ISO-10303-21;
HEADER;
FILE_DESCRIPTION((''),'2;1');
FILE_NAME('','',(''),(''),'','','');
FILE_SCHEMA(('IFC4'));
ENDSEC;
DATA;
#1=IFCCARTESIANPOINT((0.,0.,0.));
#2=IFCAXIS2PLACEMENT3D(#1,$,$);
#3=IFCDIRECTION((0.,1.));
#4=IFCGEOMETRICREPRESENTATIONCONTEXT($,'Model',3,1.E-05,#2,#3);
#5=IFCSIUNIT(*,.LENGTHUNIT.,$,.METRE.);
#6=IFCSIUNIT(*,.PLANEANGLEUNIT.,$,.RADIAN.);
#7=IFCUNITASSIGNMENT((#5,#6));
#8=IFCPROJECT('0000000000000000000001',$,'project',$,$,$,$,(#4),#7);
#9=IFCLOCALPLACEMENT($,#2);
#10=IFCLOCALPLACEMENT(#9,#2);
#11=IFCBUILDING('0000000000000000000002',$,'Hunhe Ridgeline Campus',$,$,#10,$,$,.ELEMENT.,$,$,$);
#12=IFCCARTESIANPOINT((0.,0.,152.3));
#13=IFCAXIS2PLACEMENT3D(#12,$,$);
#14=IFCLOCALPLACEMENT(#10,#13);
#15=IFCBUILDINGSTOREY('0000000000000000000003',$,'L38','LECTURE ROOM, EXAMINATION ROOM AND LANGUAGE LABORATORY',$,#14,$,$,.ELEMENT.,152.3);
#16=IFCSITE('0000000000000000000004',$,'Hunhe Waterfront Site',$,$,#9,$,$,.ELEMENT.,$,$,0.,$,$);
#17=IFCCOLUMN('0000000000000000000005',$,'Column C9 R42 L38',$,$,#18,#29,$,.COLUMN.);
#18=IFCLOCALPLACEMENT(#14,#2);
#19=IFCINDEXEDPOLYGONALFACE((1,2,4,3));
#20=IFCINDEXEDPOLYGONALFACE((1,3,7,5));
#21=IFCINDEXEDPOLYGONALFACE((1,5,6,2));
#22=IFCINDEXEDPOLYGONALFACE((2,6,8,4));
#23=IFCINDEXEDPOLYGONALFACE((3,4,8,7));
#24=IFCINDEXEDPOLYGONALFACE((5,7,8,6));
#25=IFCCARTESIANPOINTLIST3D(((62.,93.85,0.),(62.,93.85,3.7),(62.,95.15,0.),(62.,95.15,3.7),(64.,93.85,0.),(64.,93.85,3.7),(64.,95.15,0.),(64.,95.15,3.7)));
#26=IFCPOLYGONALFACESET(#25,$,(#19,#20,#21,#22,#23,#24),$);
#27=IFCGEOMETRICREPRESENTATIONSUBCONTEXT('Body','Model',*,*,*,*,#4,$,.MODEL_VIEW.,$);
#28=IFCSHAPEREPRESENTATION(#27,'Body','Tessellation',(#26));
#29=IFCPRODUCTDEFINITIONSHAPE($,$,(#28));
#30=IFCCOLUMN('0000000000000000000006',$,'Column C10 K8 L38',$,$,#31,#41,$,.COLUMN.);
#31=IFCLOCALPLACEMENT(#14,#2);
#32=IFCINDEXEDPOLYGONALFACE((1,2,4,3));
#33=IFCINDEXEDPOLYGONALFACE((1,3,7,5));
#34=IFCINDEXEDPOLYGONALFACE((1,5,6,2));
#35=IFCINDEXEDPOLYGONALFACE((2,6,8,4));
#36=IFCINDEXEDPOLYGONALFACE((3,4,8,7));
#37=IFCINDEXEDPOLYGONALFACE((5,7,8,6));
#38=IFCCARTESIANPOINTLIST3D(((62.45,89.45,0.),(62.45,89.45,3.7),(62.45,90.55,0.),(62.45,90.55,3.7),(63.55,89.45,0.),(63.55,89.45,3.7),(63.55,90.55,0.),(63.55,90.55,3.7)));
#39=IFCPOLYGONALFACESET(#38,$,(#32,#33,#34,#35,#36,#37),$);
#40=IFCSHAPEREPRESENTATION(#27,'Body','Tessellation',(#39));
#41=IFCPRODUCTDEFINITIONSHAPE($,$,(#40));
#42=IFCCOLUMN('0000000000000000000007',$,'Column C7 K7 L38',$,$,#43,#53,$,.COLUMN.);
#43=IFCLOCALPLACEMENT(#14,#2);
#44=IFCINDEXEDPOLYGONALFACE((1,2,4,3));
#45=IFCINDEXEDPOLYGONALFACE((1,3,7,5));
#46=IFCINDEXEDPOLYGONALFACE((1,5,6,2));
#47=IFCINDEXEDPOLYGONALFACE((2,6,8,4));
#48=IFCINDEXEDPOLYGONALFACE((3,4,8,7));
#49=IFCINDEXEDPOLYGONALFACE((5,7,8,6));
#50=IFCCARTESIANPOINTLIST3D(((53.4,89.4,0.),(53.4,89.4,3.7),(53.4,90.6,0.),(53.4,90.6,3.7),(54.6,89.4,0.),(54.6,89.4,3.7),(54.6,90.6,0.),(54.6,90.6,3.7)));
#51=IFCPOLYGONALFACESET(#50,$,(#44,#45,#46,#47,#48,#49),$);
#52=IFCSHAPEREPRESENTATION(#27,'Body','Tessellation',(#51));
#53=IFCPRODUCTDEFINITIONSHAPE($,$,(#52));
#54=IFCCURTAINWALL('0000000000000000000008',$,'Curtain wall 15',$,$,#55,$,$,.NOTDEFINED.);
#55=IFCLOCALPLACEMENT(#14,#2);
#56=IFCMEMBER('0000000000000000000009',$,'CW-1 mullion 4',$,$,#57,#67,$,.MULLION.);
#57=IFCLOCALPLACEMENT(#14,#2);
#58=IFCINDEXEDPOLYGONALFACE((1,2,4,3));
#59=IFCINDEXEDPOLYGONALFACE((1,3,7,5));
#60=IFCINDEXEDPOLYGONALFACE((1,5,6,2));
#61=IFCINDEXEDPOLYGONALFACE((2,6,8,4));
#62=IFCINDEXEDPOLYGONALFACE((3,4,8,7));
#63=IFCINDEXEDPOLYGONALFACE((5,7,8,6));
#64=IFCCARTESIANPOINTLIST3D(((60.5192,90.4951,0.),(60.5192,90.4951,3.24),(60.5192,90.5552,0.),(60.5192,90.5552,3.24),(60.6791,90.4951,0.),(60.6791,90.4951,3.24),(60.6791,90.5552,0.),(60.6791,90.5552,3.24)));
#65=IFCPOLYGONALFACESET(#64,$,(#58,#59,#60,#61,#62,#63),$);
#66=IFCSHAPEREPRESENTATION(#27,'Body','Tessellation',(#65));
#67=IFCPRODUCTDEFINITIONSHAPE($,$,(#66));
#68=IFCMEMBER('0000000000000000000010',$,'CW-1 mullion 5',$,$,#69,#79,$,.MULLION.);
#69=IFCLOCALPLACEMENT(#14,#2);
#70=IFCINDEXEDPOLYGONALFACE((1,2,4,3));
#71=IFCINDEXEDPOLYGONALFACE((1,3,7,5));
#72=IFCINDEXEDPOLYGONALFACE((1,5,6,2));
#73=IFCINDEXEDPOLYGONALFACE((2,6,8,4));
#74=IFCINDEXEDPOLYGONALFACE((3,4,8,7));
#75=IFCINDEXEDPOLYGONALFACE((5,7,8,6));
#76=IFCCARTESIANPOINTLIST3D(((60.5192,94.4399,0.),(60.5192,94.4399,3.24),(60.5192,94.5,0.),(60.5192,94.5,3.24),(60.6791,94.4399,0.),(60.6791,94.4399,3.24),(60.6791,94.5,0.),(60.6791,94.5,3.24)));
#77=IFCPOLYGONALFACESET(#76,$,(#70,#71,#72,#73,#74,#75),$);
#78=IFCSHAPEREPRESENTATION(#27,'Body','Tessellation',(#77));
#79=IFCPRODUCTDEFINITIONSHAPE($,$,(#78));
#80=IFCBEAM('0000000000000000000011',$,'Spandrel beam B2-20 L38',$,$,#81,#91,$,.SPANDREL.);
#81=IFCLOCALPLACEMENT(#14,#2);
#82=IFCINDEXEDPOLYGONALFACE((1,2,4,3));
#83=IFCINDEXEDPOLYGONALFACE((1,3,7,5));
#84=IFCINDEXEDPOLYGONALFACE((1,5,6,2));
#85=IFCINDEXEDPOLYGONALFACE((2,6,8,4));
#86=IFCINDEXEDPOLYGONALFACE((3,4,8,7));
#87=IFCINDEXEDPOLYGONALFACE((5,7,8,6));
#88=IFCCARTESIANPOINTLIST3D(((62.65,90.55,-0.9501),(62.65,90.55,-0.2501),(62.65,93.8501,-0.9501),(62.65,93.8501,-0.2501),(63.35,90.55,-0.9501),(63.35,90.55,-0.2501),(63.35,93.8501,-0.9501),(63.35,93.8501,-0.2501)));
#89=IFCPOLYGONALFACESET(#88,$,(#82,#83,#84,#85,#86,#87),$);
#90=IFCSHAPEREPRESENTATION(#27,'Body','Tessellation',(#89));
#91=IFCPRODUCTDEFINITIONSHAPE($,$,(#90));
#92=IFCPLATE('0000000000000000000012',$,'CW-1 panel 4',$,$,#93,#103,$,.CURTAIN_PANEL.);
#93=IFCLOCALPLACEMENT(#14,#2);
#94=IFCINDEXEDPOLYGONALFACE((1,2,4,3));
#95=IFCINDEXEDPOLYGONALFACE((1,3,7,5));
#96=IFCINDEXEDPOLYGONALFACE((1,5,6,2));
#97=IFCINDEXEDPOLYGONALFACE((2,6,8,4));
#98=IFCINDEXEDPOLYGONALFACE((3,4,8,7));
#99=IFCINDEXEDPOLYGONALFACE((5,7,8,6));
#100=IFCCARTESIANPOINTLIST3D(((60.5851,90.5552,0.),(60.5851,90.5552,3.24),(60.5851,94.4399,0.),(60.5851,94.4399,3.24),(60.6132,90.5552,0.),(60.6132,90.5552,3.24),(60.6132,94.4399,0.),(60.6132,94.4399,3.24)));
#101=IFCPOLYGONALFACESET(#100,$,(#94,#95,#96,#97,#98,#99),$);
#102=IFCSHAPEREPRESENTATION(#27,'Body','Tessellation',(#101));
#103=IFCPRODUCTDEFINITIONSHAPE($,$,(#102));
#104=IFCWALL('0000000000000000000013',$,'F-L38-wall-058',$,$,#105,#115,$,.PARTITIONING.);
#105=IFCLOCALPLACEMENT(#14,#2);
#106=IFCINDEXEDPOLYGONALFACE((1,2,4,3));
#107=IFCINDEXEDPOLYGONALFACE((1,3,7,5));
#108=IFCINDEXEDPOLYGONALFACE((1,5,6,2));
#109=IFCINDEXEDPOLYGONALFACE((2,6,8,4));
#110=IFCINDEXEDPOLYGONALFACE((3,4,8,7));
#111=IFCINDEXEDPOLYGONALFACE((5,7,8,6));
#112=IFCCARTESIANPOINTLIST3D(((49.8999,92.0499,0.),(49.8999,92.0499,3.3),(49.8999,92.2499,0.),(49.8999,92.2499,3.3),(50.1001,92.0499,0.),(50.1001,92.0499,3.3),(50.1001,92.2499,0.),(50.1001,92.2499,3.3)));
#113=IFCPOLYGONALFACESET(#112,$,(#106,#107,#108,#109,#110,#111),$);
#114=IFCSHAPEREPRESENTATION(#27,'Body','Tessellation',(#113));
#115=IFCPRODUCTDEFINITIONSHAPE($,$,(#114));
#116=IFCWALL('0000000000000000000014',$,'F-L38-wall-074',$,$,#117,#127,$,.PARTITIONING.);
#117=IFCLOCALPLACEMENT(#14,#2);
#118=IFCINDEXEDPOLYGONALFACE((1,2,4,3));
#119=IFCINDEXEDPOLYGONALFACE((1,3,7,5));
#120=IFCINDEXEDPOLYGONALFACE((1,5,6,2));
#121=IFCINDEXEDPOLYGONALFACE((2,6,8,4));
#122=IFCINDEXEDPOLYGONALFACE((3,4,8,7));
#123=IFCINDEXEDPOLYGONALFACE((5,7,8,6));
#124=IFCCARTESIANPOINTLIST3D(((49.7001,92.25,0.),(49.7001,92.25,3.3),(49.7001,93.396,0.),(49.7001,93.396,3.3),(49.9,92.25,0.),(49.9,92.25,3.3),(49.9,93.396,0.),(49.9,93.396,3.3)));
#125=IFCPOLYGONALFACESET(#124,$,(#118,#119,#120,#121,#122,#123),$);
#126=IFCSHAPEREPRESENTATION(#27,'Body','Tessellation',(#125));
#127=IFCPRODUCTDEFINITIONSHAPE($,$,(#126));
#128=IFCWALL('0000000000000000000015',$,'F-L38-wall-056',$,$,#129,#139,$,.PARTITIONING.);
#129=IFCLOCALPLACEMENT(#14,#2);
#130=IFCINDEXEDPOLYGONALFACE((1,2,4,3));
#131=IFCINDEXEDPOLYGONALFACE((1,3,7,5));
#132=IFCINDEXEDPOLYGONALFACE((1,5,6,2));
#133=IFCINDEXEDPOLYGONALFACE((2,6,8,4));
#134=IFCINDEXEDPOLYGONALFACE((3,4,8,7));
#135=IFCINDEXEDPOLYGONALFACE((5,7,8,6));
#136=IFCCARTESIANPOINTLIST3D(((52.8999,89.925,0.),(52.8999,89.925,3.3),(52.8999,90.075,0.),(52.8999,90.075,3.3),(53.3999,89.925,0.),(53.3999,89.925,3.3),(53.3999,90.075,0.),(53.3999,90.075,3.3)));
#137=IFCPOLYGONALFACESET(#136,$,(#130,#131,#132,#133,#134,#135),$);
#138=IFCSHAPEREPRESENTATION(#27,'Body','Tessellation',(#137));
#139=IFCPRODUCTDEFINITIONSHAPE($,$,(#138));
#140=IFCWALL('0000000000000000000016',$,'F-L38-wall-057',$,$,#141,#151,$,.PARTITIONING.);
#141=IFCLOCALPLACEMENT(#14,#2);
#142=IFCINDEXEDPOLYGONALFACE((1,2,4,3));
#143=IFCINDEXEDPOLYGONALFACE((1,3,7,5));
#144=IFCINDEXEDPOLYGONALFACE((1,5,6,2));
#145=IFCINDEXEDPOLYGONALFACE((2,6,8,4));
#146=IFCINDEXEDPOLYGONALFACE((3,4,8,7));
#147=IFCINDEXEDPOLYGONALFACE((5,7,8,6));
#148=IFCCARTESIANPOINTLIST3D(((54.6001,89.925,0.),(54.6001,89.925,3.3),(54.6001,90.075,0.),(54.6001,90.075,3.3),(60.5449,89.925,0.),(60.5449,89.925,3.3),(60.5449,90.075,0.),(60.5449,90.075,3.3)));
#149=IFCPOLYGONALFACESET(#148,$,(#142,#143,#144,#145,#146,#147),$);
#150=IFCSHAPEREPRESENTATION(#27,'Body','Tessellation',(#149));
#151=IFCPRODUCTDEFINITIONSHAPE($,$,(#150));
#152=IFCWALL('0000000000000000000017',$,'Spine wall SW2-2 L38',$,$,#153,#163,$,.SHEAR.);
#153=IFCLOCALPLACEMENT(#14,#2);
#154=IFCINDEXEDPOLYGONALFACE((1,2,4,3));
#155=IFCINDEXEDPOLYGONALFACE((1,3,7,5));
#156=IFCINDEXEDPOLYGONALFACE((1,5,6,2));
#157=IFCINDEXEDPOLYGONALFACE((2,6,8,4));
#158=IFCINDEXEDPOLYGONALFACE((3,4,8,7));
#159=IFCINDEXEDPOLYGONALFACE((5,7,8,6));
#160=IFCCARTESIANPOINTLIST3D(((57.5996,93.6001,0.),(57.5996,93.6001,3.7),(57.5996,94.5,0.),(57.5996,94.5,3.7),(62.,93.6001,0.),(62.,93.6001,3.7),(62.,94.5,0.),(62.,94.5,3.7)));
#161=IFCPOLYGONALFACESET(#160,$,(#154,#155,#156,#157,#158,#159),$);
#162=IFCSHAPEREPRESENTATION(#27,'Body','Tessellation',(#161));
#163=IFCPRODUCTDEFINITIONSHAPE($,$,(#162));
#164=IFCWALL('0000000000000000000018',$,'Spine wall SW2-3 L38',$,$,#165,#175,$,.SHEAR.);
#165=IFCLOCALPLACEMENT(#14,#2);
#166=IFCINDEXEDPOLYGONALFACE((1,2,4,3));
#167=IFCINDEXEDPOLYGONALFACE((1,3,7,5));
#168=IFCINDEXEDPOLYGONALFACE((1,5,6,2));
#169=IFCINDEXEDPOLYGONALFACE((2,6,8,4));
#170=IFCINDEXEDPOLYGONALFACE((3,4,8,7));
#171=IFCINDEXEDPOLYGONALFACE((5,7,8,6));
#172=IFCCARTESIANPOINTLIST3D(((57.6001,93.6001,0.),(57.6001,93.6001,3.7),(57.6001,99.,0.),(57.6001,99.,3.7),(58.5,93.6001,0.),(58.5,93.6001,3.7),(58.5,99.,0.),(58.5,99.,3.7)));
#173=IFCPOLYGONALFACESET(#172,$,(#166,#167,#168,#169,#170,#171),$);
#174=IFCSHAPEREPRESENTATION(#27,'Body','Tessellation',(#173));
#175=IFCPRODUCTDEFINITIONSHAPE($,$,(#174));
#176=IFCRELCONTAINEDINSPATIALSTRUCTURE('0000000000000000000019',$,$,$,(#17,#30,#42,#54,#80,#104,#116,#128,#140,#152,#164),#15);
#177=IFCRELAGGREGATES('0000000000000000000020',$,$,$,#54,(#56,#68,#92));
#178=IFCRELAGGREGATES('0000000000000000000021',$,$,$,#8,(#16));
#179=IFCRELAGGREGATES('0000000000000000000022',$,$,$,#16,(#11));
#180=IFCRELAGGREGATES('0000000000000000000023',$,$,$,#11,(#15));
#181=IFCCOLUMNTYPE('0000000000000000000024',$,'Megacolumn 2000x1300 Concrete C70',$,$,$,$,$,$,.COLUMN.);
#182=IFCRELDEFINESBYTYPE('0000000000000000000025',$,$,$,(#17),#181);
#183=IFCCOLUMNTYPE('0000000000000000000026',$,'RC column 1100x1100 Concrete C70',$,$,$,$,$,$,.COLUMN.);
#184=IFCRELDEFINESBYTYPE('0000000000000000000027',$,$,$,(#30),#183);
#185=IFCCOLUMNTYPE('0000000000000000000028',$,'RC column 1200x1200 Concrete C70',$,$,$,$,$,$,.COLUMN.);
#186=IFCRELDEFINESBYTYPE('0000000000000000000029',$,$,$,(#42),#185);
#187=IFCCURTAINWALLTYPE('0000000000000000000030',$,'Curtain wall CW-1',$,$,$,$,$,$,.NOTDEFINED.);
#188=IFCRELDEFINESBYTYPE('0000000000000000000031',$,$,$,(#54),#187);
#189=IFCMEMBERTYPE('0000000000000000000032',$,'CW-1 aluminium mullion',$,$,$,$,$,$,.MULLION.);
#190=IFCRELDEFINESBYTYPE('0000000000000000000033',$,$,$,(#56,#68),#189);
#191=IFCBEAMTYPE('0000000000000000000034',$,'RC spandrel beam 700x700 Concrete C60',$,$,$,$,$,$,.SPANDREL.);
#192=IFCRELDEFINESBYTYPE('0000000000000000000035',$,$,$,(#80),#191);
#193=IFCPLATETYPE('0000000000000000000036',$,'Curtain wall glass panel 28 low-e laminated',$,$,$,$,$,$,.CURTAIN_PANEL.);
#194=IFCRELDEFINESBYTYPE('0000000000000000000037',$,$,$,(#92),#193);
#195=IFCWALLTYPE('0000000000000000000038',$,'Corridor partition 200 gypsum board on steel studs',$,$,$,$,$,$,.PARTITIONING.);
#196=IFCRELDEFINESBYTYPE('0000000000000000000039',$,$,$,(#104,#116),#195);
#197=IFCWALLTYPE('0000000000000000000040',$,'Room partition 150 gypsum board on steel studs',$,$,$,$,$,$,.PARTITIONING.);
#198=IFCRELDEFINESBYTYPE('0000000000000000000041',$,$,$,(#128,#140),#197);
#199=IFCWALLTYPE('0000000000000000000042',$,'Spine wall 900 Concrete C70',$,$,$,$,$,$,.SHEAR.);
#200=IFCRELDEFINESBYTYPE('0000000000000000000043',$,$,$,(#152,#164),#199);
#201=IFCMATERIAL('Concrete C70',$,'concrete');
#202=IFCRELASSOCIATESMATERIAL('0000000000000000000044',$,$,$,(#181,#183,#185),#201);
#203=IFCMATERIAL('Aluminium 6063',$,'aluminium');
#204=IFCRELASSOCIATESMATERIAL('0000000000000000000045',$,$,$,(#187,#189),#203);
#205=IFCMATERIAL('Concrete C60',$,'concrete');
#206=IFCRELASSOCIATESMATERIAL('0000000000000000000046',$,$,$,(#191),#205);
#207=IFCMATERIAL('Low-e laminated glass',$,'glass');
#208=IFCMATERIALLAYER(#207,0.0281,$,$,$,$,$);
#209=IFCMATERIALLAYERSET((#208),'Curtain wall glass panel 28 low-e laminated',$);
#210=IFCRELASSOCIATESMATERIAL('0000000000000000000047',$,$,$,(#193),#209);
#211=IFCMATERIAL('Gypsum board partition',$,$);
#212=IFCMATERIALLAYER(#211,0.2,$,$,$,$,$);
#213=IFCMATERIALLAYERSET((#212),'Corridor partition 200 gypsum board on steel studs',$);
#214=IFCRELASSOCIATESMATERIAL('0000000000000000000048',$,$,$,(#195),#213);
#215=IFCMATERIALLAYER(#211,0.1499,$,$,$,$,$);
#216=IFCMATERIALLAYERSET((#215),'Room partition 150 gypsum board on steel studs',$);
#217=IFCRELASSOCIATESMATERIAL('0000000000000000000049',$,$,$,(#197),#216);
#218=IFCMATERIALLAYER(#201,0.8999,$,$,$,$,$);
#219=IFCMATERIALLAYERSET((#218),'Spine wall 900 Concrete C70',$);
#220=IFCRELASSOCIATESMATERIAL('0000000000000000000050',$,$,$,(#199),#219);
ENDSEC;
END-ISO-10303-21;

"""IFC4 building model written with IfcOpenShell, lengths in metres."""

from ifc_helpers import new_model, si_unit, direction, frame, frame_2d, origin, origin_2d, place, context, subcontext, project, spatial, rectangle, extrude, material, layer, layer_set, material_profile, profile_set, type_object, element, aggregate, save


model = new_model("IFC4")

# Units and contexts
model_context = context("Model", 3, precision=1e-05, world=origin(), true_north=direction((0.0, 1.0)))
body_context = subcontext(model_context, "Body", "Model", "MODEL_VIEW")
ifc_project = project(units=[si_unit("LENGTHUNIT", "METRE"), si_unit("PLANEANGLEUNIT", "RADIAN")], contexts=[model_context])

# Site, building, storey
site_placement = place(None, origin())
site = spatial("IfcSite", under=ifc_project, at=site_placement, Name="Hunhe Waterfront Site", CompositionType="ELEMENT", RefElevation=0.0)
building_placement = place(site_placement, origin())
building = spatial("IfcBuilding", under=site, at=building_placement, Name="Hunhe Ridgeline Campus", CompositionType="ELEMENT")
storey_placement = place(building_placement, frame((0.0, 0.0, 152.3)))
storey = spatial("IfcBuildingStorey", under=building, at=storey_placement, Name="L38", Description="LECTURE ROOM, EXAMINATION ROOM AND LANGUAGE LABORATORY", CompositionType="ELEMENT", Elevation=152.3)

# Columns
ifc_material_1 = material(Name="Concrete C70", Category="concrete")
ifc_material_profile_1 = material_profile(ifc_material_1, rectangle(XDim=2.0, YDim=1.3, at=origin_2d()))
ifc_profile_set_1 = profile_set([ifc_material_profile_1], Name="Concrete C70")
column_type_1 = type_object("IfcColumnType", Name="Megacolumn 2000x1300 Concrete C70", PredefinedType="COLUMN", material=ifc_profile_set_1)
column_1_placement = place(storey_placement, frame((63.0, 94.5, 0.0), z_axis=(0.0, 0.0, 1.0), x_axis=(1.0, 0.0, 0.0)))
element("IfcColumn", 1, at=column_1_placement, inside=storey, type_object=column_type_1, Name="Column C9 R42 L38", PredefinedType="COLUMN", context=body_context, shape_type="SweptSolid", body=[
    extrude(rectangle(XDim=2.0, YDim=1.3, at=origin_2d()), origin(), (0.0, 0.0, 1.0), 3.7),
])
ifc_material_profile_2 = material_profile(ifc_material_1, rectangle(XDim=1.1001, YDim=1.1001, at=origin_2d()))
ifc_profile_set_2 = profile_set([ifc_material_profile_2], Name="Concrete C70")
column_type_2 = type_object("IfcColumnType", Name="RC column 1100x1100 Concrete C70", PredefinedType="COLUMN", material=ifc_profile_set_2)
column_2_placement = place(storey_placement, frame((63.0, 90.0, 0.0), z_axis=(0.0, 0.0, 1.0), x_axis=(1.0, 0.0, 0.0)))
element("IfcColumn", 2, at=column_2_placement, inside=storey, type_object=column_type_2, Name="Column C10 K8 L38", PredefinedType="COLUMN", context=body_context, shape_type="SweptSolid", body=[
    extrude(rectangle(XDim=1.1001, YDim=1.1001, at=origin_2d()), origin(), (0.0, 0.0, 1.0), 3.7),
])
ifc_material_profile_3 = material_profile(ifc_material_1, rectangle(XDim=1.2, YDim=1.2, at=origin_2d()))
ifc_profile_set_3 = profile_set([ifc_material_profile_3], Name="Concrete C70")
column_type_3 = type_object("IfcColumnType", Name="RC column 1200x1200 Concrete C70", PredefinedType="COLUMN", material=ifc_profile_set_3)
column_3_placement = place(storey_placement, frame((54.0, 90.0, 0.0), z_axis=(0.0, 0.0, 1.0), x_axis=(1.0, 0.0, 0.0)))
element("IfcColumn", 3, at=column_3_placement, inside=storey, type_object=column_type_3, Name="Column C7 K7 L38", PredefinedType="COLUMN", context=body_context, shape_type="SweptSolid", body=[
    extrude(rectangle(XDim=1.2, YDim=1.2, at=origin_2d()), origin(), (0.0, 0.0, 1.0), 3.7),
])

# Curtain wall, members
ifc_material_2 = material(Name="Aluminium 6063", Category="aluminium")
curtain_wall_type = type_object("IfcCurtainWallType", Name="Curtain wall CW-1", PredefinedType="NOTDEFINED", material=ifc_material_2)
curtain_wall_placement = place(storey_placement, origin())
curtain_wall = element("IfcCurtainWall", 4, at=curtain_wall_placement, inside=storey, type_object=curtain_wall_type, Name="Curtain wall 15", PredefinedType="NOTDEFINED")
ifc_material_profile_4 = material_profile(ifc_material_2, rectangle(XDim=0.1599, YDim=0.0601, at=origin_2d()))
ifc_profile_set_4 = profile_set([ifc_material_profile_4], Name="Aluminium 6063")
member_type = type_object("IfcMemberType", Name="CW-1 aluminium mullion", PredefinedType="MULLION", material=ifc_profile_set_4)
member_1_placement = place(storey_placement, frame((60.5991, 90.5251, 0.0), z_axis=(0.0, 0.0, 1.0), x_axis=(-1.0, 0.0, 0.0)))
member_1 = element("IfcMember", 5, at=member_1_placement, type_object=member_type, Name="CW-1 mullion 4", PredefinedType="MULLION", context=body_context, shape_type="SweptSolid", body=[
    extrude(rectangle(XDim=0.1599, YDim=0.0601, at=origin_2d()), origin(), (0.0, 0.0, 1.0), 3.24),
])
member_2_placement = place(storey_placement, frame((60.5991, 94.47, 0.0), z_axis=(0.0, 0.0, 1.0), x_axis=(-1.0, 0.0, 0.0)))
member_2 = element("IfcMember", 6, at=member_2_placement, type_object=member_type, Name="CW-1 mullion 5", PredefinedType="MULLION", context=body_context, shape_type="SweptSolid", body=[
    extrude(rectangle(XDim=0.1599, YDim=0.0601, at=origin_2d()), origin(), (0.0, 0.0, 1.0), 3.24),
])

# Beam
ifc_material_3 = material(Name="Concrete C60", Category="concrete")
ifc_material_profile_5 = material_profile(ifc_material_3, rectangle(XDim=0.7, YDim=0.7, at=origin_2d()))
ifc_profile_set_5 = profile_set([ifc_material_profile_5], Name="Concrete C60")
beam_type = type_object("IfcBeamType", Name="RC spandrel beam 700x700 Concrete C60", PredefinedType="SPANDREL", material=ifc_profile_set_5)
beam_placement = place(storey_placement, frame((63.0, 90.55, -0.6001), z_axis=(0.0, 1.0, 0.0), x_axis=(-1.0, 0.0, 0.0)))
element("IfcBeam", 7, at=beam_placement, inside=storey, type_object=beam_type, Name="Spandrel beam B2-20 L38", PredefinedType="SPANDREL", context=body_context, shape_type="SweptSolid", body=[
    extrude(rectangle(XDim=0.7, YDim=0.7, at=origin_2d()), origin(), (0.0, 0.0, 1.0), 3.3),
])

# Plate
ifc_material_4 = material(Name="Low-e laminated glass", Category="glass")
ifc_layer_1 = layer(ifc_material_4, 0.0281)
ifc_layer_set_1 = layer_set([ifc_layer_1], Name="Curtain wall glass panel 28 low-e laminated")
plate_type = type_object("IfcPlateType", Name="Curtain wall glass panel 28 low-e laminated", PredefinedType="CURTAIN_PANEL", material=ifc_layer_set_1)
plate_placement = place(storey_placement, frame((60.5991, 92.4976, 0.0), z_axis=(0.0, 0.0, 1.0), x_axis=(0.0, 1.0, 0.0)))
plate = element("IfcPlate", 8, at=plate_placement, type_object=plate_type, Name="CW-1 panel 4", PredefinedType="CURTAIN_PANEL", context=body_context, shape_type="SweptSolid", body=[
    extrude(rectangle(XDim=3.8848, YDim=0.0281, at=origin_2d()), origin(), (0.0, 0.0, 1.0), 3.24),
])
aggregate(curtain_wall, [member_1, member_2, plate])

# Walls
ifc_material_5 = material(Name="Gypsum board partition")
ifc_layer_2 = layer(ifc_material_5, 0.2)
ifc_layer_set_2 = layer_set([ifc_layer_2], Name="Corridor partition 200 gypsum board on steel studs")
wall_type_1 = type_object("IfcWallType", Name="Corridor partition 200 gypsum board on steel studs", PredefinedType="PARTITIONING", material=ifc_layer_set_2)
wall_1_placement = place(storey_placement, frame((50.1001, 92.1499, 0.0), z_axis=(0.0, 0.0, 1.0), x_axis=(-1.0, 0.0, 0.0)))
element("IfcWall", 9, at=wall_1_placement, inside=storey, type_object=wall_type_1, Name="F-L38-wall-058", PredefinedType="PARTITIONING", context=body_context, shape_type="SweptSolid", body=[
    extrude(rectangle(XDim=0.2002, YDim=0.2, at=frame_2d((0.1001, 0.0))), origin(), (0.0, 0.0, 1.0), 3.3),
])
wall_2_placement = place(storey_placement, frame((49.8, 92.25, 0.0), z_axis=(0.0, 0.0, 1.0), x_axis=(0.0, 1.0, 0.0)))
element("IfcWall", 10, at=wall_2_placement, inside=storey, type_object=wall_type_1, Name="F-L38-wall-074", PredefinedType="PARTITIONING", context=body_context, shape_type="SweptSolid", body=[
    extrude(rectangle(XDim=1.146, YDim=0.2, at=frame_2d((0.573, 0.0))), origin(), (0.0, 0.0, 1.0), 3.3),
])

# Walls
ifc_layer_3 = layer(ifc_material_5, 0.1499)
ifc_layer_set_3 = layer_set([ifc_layer_3], Name="Room partition 150 gypsum board on steel studs")
wall_type_2 = type_object("IfcWallType", Name="Room partition 150 gypsum board on steel studs", PredefinedType="PARTITIONING", material=ifc_layer_set_3)
wall_3_placement = place(storey_placement, frame((52.8999, 90.0, 0.0), z_axis=(0.0, 0.0, 1.0), x_axis=(1.0, 0.0, 0.0)))
element("IfcWall", 11, at=wall_3_placement, inside=storey, type_object=wall_type_2, Name="F-L38-wall-056", PredefinedType="PARTITIONING", context=body_context, shape_type="SweptSolid", body=[
    extrude(rectangle(XDim=0.5, YDim=0.1499, at=frame_2d((0.25, 0.0))), origin(), (0.0, 0.0, 1.0), 3.3),
])
wall_4_placement = place(storey_placement, frame((54.6001, 90.0, 0.0), z_axis=(0.0, 0.0, 1.0), x_axis=(1.0, 0.0, 0.0)))
element("IfcWall", 12, at=wall_4_placement, inside=storey, type_object=wall_type_2, Name="F-L38-wall-057", PredefinedType="PARTITIONING", context=body_context, shape_type="SweptSolid", body=[
    extrude(rectangle(XDim=5.9448, YDim=0.1499, at=frame_2d((2.9724, 0.0))), origin(), (0.0, 0.0, 1.0), 3.3),
])
ifc_layer_4 = layer(ifc_material_1, 0.8999)
ifc_layer_set_4 = layer_set([ifc_layer_4], Name="Spine wall 900 Concrete C70")
wall_type_3 = type_object("IfcWallType", Name="Spine wall 900 Concrete C70", PredefinedType="SHEAR", material=ifc_layer_set_4)
wall_5_placement = place(storey_placement, frame((62.0, 94.05, 0.0), z_axis=(0.0, 0.0, 1.0), x_axis=(-1.0, 0.0, 0.0)))
element("IfcWall", 13, at=wall_5_placement, inside=storey, type_object=wall_type_3, Name="Spine wall SW2-2 L38", PredefinedType="SHEAR", context=body_context, shape_type="SweptSolid", body=[
    extrude(rectangle(XDim=4.4004, YDim=0.8999, at=frame_2d((2.2002, 0.0))), origin(), (0.0, 0.0, 1.0), 3.7),
])
wall_6_placement = place(storey_placement, frame((58.05, 93.6001, 0.0), z_axis=(0.0, 0.0, 1.0), x_axis=(0.0, 1.0, 0.0)))
element("IfcWall", 14, at=wall_6_placement, inside=storey, type_object=wall_type_3, Name="Spine wall SW2-3 L38", PredefinedType="SHEAR", context=body_context, shape_type="SweptSolid", body=[
    extrude(rectangle(XDim=5.3999, YDim=0.8999, at=frame_2d((2.7, 0.0))), origin(), (0.0, 0.0, 1.0), 3.7),
])

save(model, "model.ifc")
